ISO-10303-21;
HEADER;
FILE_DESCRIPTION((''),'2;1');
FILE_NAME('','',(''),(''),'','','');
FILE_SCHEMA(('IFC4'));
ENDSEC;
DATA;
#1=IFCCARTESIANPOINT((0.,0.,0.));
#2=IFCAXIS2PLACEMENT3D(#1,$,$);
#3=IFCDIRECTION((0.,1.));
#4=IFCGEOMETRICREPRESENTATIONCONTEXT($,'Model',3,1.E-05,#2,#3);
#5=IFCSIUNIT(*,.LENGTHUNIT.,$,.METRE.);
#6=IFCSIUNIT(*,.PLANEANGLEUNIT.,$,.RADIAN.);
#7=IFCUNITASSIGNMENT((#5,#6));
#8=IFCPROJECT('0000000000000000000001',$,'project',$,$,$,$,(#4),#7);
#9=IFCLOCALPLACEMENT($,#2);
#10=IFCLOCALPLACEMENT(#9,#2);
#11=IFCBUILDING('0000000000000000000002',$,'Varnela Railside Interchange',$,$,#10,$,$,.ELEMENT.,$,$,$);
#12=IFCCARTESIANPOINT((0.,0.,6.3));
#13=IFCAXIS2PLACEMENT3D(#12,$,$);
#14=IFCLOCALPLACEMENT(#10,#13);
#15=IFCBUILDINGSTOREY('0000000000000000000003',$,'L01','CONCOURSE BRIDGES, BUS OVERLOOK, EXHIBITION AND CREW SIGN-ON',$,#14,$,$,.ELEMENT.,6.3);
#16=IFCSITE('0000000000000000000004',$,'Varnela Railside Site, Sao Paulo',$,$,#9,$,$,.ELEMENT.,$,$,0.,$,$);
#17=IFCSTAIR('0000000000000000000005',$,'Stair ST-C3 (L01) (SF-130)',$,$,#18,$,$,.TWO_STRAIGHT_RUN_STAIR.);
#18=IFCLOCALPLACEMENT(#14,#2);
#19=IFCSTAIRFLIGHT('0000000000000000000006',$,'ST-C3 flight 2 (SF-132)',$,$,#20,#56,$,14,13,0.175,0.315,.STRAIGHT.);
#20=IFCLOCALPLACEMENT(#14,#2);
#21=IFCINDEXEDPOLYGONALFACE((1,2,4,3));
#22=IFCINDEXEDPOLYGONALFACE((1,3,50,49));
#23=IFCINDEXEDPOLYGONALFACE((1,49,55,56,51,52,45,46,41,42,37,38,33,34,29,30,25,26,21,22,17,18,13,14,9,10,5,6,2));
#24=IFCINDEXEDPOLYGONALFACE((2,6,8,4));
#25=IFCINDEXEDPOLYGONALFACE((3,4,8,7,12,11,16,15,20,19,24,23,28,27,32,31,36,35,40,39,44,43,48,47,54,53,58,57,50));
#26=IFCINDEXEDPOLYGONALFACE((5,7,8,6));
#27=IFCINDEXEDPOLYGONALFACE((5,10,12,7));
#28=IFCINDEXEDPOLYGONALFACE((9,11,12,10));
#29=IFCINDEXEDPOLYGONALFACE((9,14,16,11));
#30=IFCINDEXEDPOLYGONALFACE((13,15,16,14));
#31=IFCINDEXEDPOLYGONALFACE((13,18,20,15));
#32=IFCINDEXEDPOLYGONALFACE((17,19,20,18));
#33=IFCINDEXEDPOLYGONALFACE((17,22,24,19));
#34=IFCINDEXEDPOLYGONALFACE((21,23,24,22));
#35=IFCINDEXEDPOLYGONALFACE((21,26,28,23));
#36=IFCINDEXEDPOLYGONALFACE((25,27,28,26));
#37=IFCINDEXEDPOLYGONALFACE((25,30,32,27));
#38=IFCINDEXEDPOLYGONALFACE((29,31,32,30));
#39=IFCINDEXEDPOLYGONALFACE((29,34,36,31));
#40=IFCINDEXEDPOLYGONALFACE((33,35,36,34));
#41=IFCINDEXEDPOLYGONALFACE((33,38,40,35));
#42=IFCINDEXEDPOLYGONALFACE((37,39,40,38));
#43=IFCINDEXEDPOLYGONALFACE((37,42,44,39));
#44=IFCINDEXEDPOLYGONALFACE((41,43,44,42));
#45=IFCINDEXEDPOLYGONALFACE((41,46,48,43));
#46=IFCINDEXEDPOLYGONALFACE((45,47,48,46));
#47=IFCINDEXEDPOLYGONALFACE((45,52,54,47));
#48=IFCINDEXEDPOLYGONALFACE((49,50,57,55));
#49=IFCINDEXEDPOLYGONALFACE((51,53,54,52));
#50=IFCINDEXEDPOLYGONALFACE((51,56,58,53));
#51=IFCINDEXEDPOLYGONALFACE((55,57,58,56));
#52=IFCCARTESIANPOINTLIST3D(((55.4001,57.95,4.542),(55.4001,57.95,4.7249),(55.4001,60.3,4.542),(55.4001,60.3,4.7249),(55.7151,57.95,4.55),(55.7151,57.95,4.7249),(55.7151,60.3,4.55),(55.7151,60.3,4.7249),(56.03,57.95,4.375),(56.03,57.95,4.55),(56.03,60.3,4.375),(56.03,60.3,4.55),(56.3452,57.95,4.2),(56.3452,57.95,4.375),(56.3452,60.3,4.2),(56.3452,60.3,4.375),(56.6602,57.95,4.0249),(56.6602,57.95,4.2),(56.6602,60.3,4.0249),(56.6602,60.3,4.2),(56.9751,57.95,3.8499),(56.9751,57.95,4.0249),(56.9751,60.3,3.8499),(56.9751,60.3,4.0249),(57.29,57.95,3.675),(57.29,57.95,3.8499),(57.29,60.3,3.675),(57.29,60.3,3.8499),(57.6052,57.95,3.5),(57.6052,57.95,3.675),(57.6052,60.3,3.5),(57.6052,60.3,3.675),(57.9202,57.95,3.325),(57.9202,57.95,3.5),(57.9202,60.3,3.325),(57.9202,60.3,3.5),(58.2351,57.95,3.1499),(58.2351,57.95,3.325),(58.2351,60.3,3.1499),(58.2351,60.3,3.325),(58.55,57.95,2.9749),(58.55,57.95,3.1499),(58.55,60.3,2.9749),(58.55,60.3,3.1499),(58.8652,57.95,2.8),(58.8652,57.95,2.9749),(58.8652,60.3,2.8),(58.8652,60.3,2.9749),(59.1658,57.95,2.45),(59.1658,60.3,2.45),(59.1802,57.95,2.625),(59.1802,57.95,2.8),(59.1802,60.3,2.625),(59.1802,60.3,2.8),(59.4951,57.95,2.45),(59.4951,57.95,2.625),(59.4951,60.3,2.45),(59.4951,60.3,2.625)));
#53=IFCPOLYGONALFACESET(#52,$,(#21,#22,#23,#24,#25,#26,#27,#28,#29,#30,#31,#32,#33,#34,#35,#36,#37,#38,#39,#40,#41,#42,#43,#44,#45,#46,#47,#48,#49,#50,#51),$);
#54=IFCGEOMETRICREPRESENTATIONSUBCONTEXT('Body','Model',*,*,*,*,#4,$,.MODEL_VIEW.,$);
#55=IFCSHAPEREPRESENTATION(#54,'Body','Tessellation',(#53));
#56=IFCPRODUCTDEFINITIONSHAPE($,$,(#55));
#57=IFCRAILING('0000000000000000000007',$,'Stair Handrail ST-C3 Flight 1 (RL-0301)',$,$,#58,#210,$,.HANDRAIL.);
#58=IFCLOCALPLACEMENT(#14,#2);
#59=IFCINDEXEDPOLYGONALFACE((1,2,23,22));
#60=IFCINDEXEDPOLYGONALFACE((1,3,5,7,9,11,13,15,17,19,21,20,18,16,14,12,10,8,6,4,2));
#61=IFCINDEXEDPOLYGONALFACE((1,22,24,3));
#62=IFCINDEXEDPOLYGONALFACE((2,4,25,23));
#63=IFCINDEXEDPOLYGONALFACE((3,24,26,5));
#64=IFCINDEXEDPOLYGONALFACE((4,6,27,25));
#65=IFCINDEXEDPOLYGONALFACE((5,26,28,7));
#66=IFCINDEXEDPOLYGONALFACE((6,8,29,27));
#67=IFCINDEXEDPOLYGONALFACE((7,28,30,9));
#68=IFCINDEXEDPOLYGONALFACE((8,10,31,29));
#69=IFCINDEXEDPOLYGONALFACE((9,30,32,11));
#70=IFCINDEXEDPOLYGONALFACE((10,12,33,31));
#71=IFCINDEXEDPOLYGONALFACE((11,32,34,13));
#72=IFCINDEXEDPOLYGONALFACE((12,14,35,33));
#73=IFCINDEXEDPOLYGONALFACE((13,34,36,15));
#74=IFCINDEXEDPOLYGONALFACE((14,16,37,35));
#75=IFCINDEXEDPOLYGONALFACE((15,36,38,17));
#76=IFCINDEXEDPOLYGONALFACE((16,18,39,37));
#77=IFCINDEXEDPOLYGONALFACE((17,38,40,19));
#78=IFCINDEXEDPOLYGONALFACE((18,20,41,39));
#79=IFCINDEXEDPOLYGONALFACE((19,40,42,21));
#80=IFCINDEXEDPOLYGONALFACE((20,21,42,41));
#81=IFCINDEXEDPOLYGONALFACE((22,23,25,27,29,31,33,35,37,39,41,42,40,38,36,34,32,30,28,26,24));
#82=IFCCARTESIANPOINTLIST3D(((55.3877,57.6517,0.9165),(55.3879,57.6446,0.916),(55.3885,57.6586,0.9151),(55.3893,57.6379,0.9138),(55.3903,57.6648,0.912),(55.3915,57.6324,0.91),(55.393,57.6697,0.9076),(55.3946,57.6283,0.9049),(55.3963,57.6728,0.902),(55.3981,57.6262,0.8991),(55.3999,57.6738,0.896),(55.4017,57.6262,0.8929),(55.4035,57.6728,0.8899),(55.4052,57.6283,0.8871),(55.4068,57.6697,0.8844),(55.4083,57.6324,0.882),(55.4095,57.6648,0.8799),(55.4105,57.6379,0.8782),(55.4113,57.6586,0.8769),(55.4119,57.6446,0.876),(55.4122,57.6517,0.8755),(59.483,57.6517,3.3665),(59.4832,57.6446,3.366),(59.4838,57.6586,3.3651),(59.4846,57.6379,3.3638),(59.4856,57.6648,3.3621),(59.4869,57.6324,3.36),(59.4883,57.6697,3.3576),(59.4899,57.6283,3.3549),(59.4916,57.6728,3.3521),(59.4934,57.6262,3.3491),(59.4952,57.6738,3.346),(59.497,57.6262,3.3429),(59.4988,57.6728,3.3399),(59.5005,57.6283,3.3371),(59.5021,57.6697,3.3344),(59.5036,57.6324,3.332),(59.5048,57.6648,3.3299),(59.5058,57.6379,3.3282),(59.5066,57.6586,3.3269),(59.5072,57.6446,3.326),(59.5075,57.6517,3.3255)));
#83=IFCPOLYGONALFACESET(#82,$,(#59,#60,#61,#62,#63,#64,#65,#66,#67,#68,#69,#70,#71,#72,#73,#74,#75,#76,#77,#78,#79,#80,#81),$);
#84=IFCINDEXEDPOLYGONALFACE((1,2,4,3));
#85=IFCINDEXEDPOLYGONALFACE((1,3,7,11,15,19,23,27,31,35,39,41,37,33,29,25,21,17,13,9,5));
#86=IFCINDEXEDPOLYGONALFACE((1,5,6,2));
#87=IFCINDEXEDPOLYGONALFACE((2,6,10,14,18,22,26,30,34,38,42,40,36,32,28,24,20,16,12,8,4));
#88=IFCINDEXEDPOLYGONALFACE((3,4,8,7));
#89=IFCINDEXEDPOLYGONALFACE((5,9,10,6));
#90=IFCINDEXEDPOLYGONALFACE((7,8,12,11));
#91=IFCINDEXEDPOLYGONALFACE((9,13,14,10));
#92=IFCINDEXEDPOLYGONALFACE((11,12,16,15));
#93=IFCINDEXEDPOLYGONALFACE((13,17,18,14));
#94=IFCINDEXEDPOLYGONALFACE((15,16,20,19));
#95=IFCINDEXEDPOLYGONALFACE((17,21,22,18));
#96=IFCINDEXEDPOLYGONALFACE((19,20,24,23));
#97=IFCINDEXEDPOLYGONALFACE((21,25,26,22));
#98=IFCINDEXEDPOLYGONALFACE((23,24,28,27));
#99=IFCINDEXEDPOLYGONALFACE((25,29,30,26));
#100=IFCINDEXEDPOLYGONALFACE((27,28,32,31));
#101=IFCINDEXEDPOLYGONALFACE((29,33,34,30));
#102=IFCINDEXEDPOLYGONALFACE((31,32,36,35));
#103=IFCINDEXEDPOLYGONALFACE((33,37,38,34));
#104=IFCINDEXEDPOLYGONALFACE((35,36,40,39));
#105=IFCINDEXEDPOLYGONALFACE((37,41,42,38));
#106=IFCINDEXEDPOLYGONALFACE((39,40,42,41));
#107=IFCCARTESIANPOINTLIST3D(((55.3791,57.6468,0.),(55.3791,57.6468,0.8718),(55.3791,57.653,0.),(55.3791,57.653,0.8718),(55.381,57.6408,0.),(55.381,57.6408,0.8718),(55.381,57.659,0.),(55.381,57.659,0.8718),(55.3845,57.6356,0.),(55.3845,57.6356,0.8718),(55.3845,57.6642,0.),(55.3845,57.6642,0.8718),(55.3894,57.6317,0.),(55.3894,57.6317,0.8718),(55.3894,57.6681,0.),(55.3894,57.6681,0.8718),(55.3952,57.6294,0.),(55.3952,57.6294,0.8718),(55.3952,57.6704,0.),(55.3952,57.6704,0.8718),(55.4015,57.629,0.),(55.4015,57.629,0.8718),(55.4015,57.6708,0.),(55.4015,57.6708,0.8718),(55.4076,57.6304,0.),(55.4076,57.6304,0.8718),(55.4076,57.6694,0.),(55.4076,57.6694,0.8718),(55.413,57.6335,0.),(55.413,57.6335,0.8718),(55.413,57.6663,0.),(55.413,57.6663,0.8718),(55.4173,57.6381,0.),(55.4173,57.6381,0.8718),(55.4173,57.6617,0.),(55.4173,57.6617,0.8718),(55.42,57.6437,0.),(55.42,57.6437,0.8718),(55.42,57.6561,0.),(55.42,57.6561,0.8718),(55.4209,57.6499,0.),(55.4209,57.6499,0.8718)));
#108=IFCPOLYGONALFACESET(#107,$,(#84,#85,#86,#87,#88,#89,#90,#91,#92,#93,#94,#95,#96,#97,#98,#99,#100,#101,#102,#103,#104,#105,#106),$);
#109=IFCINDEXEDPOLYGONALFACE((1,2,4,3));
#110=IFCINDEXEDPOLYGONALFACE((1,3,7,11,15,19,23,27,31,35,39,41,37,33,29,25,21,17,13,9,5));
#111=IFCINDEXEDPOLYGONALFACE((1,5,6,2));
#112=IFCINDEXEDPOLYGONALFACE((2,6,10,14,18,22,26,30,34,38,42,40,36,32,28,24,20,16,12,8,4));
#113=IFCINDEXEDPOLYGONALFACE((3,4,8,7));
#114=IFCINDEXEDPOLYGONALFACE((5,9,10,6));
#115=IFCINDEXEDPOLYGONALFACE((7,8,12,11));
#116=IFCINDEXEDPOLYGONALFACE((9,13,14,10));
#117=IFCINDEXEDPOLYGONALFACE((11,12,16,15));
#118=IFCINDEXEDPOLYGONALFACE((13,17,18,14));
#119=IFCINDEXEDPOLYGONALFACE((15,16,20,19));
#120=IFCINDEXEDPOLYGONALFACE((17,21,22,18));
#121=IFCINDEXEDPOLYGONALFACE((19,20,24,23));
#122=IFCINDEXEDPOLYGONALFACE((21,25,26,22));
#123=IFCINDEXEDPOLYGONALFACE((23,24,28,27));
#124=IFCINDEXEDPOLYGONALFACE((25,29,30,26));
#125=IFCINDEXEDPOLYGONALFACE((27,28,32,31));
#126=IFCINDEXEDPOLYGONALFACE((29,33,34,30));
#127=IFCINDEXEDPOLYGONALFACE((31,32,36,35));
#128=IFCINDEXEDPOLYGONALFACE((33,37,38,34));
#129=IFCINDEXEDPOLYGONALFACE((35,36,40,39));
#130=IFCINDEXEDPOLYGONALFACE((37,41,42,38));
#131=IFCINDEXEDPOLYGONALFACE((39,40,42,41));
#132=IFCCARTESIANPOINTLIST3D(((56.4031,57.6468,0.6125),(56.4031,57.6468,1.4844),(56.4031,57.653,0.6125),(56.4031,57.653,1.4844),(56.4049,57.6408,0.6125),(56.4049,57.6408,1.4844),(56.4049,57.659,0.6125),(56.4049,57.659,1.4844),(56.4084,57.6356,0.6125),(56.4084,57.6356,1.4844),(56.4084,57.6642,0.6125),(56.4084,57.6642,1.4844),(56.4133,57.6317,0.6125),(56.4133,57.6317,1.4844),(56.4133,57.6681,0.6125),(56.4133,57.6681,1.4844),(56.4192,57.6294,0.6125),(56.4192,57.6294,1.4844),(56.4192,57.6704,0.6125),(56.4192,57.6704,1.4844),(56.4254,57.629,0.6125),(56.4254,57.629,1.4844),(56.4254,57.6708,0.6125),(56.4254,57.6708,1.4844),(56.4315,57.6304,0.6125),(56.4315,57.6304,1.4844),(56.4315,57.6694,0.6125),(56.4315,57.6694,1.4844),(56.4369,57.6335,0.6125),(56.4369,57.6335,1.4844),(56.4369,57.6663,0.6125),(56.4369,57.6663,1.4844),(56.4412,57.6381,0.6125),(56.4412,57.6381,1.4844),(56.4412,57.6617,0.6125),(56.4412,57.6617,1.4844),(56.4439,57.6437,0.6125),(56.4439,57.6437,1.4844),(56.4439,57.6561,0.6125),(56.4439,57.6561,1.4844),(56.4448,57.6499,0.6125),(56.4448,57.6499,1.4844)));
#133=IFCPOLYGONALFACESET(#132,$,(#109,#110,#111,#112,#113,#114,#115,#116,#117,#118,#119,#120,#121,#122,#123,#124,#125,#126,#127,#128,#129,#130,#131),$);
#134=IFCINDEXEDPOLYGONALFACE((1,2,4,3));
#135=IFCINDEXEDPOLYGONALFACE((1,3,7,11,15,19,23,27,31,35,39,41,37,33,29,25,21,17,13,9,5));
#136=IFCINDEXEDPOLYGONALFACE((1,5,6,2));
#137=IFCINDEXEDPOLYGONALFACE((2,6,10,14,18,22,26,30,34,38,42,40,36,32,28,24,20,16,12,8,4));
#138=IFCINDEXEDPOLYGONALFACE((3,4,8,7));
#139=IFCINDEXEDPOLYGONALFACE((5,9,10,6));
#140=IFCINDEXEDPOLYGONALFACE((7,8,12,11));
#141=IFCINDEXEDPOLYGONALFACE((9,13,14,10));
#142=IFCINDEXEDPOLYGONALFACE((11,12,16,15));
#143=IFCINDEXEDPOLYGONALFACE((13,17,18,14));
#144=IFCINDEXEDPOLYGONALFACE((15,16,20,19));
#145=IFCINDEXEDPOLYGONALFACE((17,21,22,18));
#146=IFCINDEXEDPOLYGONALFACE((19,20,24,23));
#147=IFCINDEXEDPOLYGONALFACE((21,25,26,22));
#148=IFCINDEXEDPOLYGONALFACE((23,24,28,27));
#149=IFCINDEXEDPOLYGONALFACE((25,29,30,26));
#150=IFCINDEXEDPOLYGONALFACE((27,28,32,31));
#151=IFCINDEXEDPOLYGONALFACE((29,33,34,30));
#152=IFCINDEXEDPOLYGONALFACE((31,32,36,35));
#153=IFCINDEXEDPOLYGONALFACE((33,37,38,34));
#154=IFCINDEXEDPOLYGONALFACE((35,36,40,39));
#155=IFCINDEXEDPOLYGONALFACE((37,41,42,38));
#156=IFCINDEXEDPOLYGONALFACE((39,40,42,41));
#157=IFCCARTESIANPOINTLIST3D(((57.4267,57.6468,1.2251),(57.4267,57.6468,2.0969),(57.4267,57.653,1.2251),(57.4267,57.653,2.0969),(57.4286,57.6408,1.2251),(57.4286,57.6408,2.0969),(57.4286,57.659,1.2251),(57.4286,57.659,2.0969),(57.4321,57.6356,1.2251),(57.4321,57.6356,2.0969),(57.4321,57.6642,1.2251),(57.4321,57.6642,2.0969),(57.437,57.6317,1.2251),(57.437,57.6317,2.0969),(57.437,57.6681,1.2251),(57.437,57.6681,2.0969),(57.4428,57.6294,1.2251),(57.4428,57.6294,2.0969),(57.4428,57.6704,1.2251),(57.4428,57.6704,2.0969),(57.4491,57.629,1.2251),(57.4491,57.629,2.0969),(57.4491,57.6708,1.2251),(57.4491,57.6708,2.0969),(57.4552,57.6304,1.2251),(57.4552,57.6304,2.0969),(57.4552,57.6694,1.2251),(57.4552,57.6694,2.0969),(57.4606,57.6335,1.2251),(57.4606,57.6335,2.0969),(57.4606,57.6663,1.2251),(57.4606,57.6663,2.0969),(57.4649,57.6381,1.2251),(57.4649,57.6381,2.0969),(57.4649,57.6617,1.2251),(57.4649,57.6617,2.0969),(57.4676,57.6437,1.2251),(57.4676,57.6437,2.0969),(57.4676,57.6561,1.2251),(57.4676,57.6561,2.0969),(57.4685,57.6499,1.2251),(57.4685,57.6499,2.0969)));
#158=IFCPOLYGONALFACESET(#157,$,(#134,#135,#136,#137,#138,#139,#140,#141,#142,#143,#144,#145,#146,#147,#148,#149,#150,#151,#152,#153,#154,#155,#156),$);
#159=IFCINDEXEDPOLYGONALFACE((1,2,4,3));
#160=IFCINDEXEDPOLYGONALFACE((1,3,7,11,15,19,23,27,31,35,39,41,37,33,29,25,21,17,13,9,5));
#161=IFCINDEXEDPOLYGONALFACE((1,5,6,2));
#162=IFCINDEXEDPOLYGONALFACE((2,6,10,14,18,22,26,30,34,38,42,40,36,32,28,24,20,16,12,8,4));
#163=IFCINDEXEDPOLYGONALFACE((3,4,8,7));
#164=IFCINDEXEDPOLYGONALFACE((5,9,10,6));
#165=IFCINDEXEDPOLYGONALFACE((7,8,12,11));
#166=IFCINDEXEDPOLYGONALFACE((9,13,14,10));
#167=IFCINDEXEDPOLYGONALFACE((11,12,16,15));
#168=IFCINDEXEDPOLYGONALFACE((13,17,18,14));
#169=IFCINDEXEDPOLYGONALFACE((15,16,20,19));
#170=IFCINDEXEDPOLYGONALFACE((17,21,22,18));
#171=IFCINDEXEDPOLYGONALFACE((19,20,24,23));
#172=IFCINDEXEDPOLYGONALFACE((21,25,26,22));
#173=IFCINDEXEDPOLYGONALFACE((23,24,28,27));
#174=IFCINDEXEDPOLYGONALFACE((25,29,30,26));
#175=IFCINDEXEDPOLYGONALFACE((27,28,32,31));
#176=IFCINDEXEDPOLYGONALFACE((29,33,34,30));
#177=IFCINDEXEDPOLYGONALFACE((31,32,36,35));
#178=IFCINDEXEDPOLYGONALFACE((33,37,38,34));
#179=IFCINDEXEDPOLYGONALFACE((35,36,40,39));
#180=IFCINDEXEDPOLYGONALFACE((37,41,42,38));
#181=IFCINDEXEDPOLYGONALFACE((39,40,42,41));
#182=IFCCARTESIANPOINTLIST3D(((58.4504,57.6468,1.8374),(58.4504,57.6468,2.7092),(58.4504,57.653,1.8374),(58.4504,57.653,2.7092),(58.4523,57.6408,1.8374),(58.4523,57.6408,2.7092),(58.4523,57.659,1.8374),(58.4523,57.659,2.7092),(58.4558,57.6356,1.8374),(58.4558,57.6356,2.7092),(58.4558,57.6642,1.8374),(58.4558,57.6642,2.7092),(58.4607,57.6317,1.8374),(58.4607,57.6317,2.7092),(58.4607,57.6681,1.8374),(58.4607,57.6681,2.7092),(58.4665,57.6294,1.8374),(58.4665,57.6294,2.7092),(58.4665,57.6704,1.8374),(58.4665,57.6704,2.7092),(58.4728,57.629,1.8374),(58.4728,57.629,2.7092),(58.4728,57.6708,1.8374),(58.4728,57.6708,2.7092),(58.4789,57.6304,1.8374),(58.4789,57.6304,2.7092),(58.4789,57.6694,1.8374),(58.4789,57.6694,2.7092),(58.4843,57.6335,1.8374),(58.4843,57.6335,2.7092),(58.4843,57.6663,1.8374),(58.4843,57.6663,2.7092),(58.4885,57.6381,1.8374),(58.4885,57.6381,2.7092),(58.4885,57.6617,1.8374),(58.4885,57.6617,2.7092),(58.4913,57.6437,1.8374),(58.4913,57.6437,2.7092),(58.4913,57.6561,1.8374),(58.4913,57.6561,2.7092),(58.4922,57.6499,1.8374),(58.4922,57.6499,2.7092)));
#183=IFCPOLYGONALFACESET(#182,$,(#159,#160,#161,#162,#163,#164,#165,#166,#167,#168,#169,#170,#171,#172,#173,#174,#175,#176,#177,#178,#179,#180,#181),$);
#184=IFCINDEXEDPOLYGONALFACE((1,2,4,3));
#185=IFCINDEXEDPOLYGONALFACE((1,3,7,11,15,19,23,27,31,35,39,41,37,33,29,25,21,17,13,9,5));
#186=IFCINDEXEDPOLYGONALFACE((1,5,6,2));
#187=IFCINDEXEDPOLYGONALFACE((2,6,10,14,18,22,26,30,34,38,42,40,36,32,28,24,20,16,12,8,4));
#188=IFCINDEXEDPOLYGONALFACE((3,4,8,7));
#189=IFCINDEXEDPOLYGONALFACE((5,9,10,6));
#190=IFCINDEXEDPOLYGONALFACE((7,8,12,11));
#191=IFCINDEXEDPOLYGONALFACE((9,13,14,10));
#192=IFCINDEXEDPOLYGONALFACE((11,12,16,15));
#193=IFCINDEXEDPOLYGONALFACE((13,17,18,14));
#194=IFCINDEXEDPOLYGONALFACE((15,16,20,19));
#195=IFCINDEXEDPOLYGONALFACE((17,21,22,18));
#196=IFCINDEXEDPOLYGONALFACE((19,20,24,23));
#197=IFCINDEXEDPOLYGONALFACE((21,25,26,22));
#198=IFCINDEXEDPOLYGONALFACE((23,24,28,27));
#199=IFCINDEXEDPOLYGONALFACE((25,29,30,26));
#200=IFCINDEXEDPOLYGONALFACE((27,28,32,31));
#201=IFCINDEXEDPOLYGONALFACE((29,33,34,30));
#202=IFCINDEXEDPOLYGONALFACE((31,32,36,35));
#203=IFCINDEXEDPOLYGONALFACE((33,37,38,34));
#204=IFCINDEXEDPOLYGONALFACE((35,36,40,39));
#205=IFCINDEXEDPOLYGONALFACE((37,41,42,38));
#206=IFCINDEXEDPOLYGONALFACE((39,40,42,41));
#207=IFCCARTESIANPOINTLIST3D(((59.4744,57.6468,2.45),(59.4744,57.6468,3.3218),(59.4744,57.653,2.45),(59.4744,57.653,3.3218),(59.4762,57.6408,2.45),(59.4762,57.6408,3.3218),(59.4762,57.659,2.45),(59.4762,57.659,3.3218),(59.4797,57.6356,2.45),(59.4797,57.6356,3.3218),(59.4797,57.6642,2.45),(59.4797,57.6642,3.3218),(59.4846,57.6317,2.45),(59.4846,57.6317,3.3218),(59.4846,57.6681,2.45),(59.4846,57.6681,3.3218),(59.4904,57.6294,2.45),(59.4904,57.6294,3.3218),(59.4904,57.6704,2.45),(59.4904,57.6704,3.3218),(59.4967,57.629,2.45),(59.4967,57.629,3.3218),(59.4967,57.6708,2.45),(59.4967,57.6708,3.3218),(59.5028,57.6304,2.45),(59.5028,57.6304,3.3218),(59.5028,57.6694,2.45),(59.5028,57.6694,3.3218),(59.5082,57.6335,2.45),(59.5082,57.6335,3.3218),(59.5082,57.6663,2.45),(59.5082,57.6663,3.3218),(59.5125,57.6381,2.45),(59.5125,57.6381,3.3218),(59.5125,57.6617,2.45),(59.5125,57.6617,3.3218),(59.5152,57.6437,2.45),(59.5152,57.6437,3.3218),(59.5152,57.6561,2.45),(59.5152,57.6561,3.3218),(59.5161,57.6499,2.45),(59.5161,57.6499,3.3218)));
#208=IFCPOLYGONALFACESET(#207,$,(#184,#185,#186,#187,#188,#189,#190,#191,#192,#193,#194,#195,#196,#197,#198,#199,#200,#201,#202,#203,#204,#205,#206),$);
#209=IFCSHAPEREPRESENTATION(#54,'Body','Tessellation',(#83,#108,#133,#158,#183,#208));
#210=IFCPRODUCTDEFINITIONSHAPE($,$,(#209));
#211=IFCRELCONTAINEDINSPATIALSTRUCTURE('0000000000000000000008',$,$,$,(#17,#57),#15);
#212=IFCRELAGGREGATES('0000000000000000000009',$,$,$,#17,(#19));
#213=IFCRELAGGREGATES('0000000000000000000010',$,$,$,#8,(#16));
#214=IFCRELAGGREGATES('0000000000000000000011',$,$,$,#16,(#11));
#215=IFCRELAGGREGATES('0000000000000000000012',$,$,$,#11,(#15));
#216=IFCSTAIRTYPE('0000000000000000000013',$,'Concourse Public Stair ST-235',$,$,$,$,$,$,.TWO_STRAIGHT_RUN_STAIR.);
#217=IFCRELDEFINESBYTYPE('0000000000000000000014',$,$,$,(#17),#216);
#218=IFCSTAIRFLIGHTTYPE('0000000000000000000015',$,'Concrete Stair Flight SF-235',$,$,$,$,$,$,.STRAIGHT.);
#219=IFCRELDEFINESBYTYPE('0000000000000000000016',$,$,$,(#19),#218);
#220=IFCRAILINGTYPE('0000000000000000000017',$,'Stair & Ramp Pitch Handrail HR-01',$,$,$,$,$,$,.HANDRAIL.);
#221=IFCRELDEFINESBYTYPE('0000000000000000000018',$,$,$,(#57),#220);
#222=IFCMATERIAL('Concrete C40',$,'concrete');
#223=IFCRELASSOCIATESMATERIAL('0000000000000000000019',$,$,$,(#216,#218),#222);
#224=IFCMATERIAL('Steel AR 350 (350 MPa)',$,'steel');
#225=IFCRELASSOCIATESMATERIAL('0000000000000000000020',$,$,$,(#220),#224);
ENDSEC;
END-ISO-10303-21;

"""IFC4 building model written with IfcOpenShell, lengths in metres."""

from ifc_helpers import new_model, si_unit, direction, frame, origin, origin_2d, place, context, subcontext, project, spatial, polyline, circle, outline, extrude, material, type_object, element, aggregate, save


model = new_model("IFC4")

# Units and contexts
model_context = context("Model", 3, precision=1e-05, world=origin(), true_north=direction((0.0, 1.0)))
body_context = subcontext(model_context, "Body", "Model", "MODEL_VIEW")
ifc_project = project(units=[si_unit("LENGTHUNIT", "METRE"), si_unit("PLANEANGLEUNIT", "RADIAN")], contexts=[model_context])

# Site, building, storey
site_placement = place(None, origin())
site = spatial("IfcSite", under=ifc_project, at=site_placement, Name="Varnela Railside Site, Sao Paulo", CompositionType="ELEMENT", RefElevation=0.0)
building_placement = place(site_placement, origin())
building = spatial("IfcBuilding", under=site, at=building_placement, Name="Varnela Railside Interchange", CompositionType="ELEMENT")
storey_placement = place(building_placement, frame((0.0, 0.0, 6.3)))
storey = spatial("IfcBuildingStorey", under=building, at=storey_placement, Name="L01", Description="CONCOURSE BRIDGES, BUS OVERLOOK, EXHIBITION AND CREW SIGN-ON", CompositionType="ELEMENT", Elevation=6.3)

# Shared definitions
ifc_material_1 = material(Name="Steel AR 350 (350 MPa)", Category="steel")
ifc_material_2 = material(Name="Concrete C40", Category="concrete")

# Shared definitions
stair_type = type_object("IfcStairType", Name="Concourse Public Stair ST-235", PredefinedType="TWO_STRAIGHT_RUN_STAIR", material=ifc_material_2)
stair_flight_type = type_object("IfcStairFlightType", Name="Concrete Stair Flight SF-235", PredefinedType="STRAIGHT", material=ifc_material_2)

# Stair, stair flight
stair_1_placement = place(storey_placement, origin())
stair_1 = element("IfcStair", 1, at=stair_1_placement, inside=storey, type_object=stair_type, Name="Stair ST-C3 (L01) (SF-130)", PredefinedType="TWO_STRAIGHT_RUN_STAIR")
stair_flight_1_placement = place(storey_placement, frame((59.4951, 59.125, 2.45), z_axis=(0.0, 0.0, 1.0), x_axis=(-1.0, 0.0, 0.0)))
stair_flight_1 = element("IfcStairFlight", 2, at=stair_flight_1_placement, type_object=stair_flight_type, Name="ST-C3 flight 2 (SF-132)", NumberOfRisers=14, NumberOfTreads=13, PredefinedType="STRAIGHT", RiserHeight=0.175, TreadLength=0.315, context=body_context, shape_type="SweptSolid", body=[
    extrude(outline(polyline([(0.0, 0.0), (0.0, 0.175), (0.3149, 0.175), (0.3149, 0.3501), (0.6299, 0.3501), (0.6299, 0.5249), (0.9451, 0.5249), (0.9451, 0.7), (1.26, 0.7), (1.26, 0.875), (1.575, 0.875), (1.575, 1.05), (1.8899, 1.05), (1.8899, 1.2251), (2.2051, 1.2251), (2.2051, 1.3999), (2.52, 1.3999), (2.52, 1.575), (2.835, 1.575), (2.835, 1.75), (3.1499, 1.75), (3.1499, 1.925), (3.4651, 1.925), (3.4651, 2.1001), (3.78, 2.1001), (3.78, 2.2749), (4.095, 2.2749), (4.095, 2.45), (4.095, 2.092), (0.3293, 0.0), (0.0, 0.0)])), frame((0.0, 1.175, 0.0), z_axis=(0.0, -1.0, 0.0), x_axis=(1.0, 0.0, 0.0)), (0.0, 0.0, 1.0), 2.3501),
])
aggregate(stair_1, [stair_flight_1])

# Railing
railing_type_1 = type_object("IfcRailingType", Name="Stair & Ramp Pitch Handrail HR-01", PredefinedType="HANDRAIL", material=ifc_material_1)
railing_1_placement = place(storey_placement, frame((55.3999, 57.6499, 0.0)))
element("IfcRailing", 3, at=railing_1_placement, inside=storey, type_object=railing_type_1, Name="Stair Handrail ST-C3 Flight 1 (RL-0301)", PredefinedType="HANDRAIL", context=body_context, shape_type="SweptSolid", body=[
    extrude(circle(Radius=0.0239, at=origin_2d()), frame((0.0, 0.0, 0.896), z_axis=(0.858156, 0.0, 0.513389), x_axis=(0.0, 1.0, 0.0)), (0.0, 0.0, 1.0), 4.7722),
    extrude(circle(Radius=0.021, at=origin_2d()), origin(), (0.0, 0.0, 1.0), 0.8718),
    extrude(circle(Radius=0.021, at=origin_2d()), frame((1.0239, 0.0, 0.6125)), (0.0, 0.0, 1.0), 0.8718),
    extrude(circle(Radius=0.021, at=origin_2d()), frame((2.0476, 0.0, 1.2251)), (0.0, 0.0, 1.0), 0.8718),
    extrude(circle(Radius=0.021, at=origin_2d()), frame((3.0713, 0.0, 1.8374)), (0.0, 0.0, 1.0), 0.8718),
    extrude(circle(Radius=0.021, at=origin_2d()), frame((4.0952, 0.0, 2.45)), (0.0, 0.0, 1.0), 0.8718),
])

save(model, "model.ifc")
